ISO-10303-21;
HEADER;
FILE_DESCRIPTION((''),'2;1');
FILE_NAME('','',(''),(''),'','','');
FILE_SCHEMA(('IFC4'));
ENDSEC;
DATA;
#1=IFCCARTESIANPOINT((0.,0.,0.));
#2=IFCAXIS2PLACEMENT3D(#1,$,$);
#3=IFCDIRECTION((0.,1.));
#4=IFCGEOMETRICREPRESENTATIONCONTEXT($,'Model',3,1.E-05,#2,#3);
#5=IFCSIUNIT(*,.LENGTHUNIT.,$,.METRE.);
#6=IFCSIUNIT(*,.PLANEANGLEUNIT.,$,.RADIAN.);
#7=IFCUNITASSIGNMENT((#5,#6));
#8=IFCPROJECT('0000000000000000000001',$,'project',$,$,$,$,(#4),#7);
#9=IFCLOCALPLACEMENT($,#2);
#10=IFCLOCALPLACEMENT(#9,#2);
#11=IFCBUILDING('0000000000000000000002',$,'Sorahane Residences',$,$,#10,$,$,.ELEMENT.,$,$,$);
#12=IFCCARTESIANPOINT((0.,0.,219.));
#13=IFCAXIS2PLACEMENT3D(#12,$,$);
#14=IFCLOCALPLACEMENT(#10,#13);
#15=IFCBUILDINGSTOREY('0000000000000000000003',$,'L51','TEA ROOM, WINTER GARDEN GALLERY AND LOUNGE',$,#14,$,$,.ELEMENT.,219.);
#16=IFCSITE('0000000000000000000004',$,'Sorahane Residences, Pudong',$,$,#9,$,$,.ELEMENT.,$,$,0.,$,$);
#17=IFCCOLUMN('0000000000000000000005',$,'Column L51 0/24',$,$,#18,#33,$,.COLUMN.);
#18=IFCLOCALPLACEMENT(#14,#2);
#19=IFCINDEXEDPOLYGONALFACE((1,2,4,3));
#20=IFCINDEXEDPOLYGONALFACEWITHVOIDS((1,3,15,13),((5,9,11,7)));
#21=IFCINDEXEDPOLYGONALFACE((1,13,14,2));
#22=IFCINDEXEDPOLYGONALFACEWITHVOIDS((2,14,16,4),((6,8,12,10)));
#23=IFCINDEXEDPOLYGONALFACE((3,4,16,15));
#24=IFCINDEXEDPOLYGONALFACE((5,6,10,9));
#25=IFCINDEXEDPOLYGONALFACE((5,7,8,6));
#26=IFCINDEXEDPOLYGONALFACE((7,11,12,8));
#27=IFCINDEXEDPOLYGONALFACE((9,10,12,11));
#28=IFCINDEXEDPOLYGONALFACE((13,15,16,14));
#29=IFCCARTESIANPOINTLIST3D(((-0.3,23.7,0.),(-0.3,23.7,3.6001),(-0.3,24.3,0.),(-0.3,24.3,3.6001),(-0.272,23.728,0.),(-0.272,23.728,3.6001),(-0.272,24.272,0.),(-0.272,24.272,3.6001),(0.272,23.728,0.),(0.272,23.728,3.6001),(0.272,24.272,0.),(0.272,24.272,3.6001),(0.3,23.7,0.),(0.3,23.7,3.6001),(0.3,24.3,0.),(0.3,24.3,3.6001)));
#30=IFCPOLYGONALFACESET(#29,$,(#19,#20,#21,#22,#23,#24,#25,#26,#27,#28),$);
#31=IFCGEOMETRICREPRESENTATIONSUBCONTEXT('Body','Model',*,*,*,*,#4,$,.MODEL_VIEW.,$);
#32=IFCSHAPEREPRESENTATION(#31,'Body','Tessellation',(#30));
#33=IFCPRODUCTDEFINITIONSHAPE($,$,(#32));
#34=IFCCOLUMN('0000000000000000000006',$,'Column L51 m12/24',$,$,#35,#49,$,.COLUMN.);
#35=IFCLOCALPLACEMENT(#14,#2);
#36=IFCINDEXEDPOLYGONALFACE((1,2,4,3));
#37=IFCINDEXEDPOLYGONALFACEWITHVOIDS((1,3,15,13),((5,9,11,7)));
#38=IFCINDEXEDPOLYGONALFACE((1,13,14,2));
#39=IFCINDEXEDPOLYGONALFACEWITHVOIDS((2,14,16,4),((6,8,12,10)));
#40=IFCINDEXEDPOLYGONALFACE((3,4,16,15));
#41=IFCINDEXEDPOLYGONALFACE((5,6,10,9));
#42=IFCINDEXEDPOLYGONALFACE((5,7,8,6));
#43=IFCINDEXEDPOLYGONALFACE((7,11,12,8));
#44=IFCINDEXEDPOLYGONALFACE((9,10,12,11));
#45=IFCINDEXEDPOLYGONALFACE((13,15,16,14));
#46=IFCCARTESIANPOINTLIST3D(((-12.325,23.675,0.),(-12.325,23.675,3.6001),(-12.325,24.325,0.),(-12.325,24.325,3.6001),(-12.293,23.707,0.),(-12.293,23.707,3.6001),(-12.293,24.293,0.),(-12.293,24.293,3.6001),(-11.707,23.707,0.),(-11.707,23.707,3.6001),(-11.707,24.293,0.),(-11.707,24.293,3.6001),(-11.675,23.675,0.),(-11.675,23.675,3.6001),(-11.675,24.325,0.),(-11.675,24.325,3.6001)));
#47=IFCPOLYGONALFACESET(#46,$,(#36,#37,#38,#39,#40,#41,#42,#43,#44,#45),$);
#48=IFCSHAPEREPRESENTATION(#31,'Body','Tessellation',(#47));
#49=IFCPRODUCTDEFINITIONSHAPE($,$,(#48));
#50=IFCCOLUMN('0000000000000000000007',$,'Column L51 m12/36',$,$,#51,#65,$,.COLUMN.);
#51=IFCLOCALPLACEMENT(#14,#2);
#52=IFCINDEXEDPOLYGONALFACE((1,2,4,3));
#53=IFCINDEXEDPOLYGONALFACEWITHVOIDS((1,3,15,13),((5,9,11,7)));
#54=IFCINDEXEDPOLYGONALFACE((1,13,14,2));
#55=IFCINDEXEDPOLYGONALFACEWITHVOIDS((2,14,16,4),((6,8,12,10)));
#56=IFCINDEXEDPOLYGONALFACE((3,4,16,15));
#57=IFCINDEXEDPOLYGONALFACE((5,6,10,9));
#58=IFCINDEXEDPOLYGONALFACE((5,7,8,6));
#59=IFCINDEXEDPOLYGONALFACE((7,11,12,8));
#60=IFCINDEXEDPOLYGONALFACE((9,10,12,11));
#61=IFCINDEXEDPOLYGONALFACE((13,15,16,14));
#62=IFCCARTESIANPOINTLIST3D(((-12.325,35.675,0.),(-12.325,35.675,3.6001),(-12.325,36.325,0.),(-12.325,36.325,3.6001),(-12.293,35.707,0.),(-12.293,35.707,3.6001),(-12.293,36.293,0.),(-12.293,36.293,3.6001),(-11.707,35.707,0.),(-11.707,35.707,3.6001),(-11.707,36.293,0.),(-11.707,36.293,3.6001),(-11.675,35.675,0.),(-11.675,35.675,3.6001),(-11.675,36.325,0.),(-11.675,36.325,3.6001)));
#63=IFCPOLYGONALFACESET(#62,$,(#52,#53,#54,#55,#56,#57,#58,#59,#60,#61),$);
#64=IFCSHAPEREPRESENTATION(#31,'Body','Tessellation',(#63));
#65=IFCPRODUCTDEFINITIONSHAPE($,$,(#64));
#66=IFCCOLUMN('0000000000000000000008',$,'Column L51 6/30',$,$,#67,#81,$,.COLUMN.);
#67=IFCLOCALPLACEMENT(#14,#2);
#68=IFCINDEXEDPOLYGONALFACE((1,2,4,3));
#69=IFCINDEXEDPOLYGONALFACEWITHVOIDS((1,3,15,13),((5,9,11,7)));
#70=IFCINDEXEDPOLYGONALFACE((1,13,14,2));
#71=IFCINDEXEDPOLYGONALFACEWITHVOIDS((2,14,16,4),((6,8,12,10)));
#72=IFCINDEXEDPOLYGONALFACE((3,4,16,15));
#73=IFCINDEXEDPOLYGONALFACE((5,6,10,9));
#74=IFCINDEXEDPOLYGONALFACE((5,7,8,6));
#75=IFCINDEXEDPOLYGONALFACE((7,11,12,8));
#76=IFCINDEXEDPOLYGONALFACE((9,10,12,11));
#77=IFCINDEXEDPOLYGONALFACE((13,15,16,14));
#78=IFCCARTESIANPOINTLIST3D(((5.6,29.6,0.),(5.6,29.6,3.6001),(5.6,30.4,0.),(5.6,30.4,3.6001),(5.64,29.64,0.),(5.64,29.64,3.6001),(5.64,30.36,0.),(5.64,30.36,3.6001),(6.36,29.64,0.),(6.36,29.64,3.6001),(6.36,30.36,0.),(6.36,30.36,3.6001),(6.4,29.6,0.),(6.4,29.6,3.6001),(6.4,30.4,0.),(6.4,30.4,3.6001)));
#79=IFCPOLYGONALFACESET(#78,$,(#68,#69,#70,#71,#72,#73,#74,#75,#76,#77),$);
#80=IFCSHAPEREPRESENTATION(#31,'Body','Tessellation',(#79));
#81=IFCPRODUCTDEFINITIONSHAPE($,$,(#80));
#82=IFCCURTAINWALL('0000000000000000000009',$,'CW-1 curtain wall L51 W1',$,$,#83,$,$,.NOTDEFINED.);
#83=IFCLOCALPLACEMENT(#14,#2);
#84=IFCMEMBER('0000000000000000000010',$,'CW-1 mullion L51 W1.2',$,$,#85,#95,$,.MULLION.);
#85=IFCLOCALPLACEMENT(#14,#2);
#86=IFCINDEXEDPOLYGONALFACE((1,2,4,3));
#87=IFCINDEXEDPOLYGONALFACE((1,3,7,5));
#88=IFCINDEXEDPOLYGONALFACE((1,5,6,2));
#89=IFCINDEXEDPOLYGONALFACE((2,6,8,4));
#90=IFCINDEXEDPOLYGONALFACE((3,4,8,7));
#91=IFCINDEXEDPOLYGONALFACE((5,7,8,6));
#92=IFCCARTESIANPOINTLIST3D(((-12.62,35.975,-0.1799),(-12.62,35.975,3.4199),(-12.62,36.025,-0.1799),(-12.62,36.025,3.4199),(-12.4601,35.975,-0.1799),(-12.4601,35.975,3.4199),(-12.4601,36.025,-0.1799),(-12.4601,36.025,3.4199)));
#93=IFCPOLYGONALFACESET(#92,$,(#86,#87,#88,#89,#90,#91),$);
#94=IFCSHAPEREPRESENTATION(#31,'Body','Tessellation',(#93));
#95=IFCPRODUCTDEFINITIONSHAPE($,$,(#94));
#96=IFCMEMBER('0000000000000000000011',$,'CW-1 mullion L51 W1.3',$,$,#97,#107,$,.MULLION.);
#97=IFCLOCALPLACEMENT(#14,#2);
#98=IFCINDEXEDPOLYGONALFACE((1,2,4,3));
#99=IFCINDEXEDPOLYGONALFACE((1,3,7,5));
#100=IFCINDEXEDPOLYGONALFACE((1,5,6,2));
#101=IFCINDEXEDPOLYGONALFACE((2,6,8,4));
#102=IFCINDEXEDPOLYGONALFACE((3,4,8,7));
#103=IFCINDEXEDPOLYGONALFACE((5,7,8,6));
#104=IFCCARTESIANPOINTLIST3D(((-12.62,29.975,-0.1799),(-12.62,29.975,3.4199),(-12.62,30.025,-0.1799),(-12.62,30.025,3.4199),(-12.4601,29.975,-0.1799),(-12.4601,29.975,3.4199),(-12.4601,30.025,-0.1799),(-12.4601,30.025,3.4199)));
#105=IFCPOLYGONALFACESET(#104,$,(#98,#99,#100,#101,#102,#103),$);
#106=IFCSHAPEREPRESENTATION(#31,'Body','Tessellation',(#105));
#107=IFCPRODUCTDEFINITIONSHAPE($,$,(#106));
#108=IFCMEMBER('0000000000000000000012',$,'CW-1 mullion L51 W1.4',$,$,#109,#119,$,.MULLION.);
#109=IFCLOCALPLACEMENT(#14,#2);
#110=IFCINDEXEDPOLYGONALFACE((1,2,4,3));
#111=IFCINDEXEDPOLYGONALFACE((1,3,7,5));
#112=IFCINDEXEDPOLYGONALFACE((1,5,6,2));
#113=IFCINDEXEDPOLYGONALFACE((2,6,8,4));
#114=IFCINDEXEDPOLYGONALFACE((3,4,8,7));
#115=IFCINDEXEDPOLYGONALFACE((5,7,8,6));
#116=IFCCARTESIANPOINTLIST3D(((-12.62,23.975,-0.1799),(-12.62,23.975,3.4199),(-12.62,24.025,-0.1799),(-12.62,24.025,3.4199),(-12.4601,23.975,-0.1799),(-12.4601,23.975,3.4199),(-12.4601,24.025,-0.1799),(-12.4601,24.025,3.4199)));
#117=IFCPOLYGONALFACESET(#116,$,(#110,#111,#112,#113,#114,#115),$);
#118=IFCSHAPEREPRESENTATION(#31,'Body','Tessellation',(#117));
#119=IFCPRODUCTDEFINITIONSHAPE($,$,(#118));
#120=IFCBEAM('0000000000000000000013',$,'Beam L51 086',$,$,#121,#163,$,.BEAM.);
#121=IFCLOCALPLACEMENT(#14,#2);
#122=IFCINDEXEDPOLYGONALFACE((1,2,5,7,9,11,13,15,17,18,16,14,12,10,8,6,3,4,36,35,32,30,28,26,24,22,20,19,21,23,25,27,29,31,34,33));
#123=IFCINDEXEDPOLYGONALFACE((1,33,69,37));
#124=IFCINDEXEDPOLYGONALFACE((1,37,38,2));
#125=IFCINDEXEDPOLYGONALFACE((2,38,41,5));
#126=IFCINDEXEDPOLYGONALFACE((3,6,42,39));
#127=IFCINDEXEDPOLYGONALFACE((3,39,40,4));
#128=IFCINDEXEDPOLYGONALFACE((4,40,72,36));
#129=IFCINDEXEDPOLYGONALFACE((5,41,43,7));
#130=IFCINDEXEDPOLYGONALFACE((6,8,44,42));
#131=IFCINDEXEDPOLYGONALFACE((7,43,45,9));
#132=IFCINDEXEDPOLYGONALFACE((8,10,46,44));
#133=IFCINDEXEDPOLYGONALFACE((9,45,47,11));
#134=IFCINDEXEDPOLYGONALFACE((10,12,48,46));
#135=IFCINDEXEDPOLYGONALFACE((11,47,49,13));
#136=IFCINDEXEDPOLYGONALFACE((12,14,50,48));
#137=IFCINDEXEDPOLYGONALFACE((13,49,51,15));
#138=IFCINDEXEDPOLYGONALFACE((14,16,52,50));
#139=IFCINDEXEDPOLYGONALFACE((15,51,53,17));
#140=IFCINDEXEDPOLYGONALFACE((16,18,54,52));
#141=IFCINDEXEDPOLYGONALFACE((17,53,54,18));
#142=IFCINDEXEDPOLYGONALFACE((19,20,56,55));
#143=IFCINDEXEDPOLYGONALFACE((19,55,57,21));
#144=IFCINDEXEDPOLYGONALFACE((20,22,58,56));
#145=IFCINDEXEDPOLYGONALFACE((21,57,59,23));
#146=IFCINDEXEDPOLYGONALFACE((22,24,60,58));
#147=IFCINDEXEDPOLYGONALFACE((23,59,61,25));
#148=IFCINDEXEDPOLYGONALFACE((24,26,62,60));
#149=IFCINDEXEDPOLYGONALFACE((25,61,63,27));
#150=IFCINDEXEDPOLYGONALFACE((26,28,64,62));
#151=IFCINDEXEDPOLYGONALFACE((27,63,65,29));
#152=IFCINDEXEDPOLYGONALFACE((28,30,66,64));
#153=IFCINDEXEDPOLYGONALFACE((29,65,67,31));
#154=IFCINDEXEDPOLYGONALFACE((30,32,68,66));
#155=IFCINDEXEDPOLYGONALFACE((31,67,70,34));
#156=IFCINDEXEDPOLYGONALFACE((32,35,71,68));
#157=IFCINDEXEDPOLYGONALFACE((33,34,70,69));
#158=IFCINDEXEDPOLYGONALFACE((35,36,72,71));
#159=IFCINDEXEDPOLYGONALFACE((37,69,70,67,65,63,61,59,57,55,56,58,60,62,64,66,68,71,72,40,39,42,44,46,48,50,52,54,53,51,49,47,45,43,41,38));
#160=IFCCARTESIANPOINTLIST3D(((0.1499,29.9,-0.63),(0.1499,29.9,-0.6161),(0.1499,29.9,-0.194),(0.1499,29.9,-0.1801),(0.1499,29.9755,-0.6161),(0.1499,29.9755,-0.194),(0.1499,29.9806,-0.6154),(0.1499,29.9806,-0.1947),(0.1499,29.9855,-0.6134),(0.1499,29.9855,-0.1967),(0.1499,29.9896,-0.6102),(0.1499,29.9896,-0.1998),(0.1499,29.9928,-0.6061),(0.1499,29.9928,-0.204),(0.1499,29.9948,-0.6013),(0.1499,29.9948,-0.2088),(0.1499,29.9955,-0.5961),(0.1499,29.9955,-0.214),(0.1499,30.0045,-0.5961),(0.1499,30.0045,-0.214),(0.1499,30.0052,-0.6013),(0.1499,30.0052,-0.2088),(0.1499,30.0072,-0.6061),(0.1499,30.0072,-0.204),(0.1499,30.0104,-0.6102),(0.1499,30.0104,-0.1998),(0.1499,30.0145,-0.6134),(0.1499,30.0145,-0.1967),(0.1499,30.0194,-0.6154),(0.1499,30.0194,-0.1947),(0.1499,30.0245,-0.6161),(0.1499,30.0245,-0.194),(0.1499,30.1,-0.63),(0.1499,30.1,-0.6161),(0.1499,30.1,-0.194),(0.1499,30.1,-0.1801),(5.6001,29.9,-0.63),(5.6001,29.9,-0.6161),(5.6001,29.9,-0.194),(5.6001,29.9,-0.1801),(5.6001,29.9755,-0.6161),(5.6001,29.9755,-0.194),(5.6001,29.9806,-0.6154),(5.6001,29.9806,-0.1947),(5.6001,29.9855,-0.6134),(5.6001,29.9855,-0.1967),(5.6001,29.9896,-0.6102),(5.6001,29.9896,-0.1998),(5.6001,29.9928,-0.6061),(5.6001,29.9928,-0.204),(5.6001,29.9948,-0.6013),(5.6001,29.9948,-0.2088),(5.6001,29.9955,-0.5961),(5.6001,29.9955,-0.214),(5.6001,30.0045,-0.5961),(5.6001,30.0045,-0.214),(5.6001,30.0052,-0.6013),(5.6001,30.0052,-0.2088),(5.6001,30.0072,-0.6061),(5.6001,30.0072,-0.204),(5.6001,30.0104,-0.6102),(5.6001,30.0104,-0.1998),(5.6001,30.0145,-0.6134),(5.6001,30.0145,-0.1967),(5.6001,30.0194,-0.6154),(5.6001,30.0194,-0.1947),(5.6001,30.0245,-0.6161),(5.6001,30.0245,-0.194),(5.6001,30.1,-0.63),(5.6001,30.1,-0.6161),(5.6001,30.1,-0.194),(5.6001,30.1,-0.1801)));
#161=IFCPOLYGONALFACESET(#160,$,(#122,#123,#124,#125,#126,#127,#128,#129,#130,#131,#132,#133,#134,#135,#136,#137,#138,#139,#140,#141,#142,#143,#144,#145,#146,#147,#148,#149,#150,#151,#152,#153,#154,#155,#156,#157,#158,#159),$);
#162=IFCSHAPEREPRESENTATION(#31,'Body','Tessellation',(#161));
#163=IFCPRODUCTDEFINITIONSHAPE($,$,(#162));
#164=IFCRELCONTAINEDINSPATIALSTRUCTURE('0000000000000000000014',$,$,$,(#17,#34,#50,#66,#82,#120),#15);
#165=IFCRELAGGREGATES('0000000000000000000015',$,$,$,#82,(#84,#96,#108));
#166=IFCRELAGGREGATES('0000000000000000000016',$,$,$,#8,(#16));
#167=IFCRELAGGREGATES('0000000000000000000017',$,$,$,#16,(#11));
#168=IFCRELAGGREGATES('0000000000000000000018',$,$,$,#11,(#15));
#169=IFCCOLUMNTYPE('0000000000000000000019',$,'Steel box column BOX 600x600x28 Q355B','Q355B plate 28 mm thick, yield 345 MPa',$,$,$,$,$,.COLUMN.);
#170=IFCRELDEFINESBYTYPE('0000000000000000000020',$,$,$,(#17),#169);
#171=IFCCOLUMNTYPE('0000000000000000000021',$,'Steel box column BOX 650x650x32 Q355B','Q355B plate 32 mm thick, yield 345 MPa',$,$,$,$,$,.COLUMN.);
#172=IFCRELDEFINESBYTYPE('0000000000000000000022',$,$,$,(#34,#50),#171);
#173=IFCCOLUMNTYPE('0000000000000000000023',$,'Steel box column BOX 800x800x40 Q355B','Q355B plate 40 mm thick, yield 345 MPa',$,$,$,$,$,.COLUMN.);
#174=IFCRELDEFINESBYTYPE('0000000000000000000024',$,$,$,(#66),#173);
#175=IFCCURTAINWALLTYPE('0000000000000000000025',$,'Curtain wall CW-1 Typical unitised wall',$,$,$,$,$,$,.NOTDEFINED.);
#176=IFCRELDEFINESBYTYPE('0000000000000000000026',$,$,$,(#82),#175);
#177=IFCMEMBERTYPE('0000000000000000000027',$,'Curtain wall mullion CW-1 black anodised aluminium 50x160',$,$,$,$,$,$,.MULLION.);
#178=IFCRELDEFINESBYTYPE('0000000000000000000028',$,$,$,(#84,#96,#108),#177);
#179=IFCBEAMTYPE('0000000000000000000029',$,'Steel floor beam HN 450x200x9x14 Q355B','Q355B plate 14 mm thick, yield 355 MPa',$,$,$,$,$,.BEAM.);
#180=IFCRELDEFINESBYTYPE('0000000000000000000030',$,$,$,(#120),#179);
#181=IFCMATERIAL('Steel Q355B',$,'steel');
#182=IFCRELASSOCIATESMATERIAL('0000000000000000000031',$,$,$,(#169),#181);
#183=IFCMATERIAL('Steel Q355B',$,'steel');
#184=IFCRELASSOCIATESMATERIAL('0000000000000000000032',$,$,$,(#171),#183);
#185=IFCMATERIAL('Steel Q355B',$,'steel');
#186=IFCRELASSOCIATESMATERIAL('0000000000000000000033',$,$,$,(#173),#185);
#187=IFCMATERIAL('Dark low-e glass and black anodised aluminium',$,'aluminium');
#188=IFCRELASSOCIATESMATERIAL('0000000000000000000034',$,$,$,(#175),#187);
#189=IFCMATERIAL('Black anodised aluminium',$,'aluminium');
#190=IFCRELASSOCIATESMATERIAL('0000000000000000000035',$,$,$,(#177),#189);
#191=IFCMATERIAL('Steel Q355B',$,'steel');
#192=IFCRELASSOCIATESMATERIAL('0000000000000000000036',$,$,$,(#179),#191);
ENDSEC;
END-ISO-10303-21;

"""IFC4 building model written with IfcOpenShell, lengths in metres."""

from ifc_helpers import new_model, si_unit, direction, frame, origin, origin_2d, place, context, subcontext, project, spatial, rectangle, hollow_rectangle, i_section, extrude, material, material_profile, profile_set, type_object, element, aggregate, save


model = new_model("IFC4")

# Units and contexts
model_context = context("Model", 3, precision=1e-05, world=origin(), true_north=direction((0.0, 1.0)))
body_context = subcontext(model_context, "Body", "Model", "MODEL_VIEW")
ifc_project = project(units=[si_unit("LENGTHUNIT", "METRE"), si_unit("PLANEANGLEUNIT", "RADIAN")], contexts=[model_context])

# Site, building, storey
site_placement = place(None, origin())
site = spatial("IfcSite", under=ifc_project, at=site_placement, Name="Sorahane Residences, Pudong", CompositionType="ELEMENT", RefElevation=0.0)
building_placement = place(site_placement, origin())
building = spatial("IfcBuilding", under=site, at=building_placement, Name="Sorahane Residences", CompositionType="ELEMENT")
storey_placement = place(building_placement, frame((0.0, 0.0, 219.0)))
storey = spatial("IfcBuildingStorey", under=building, at=storey_placement, Name="L51", Description="TEA ROOM, WINTER GARDEN GALLERY AND LOUNGE", CompositionType="ELEMENT", Elevation=219.0)

# Columns
ifc_material_1 = material(Name="Steel Q355B", Category="steel")
ifc_material_profile_1 = material_profile(ifc_material_1, hollow_rectangle(XDim=0.6001, YDim=0.6001, WallThickness=0.0281, at=origin_2d()), Name="BOX 600x600x28")
ifc_profile_set_1 = profile_set([ifc_material_profile_1], Name="Steel Q355B")
column_type_1 = type_object("IfcColumnType", Name="Steel box column BOX 600x600x28 Q355B", Description="Q355B plate 28 mm thick, yield 345 MPa", PredefinedType="COLUMN", material=ifc_profile_set_1)
column_1_placement = place(storey_placement, frame((0.0, 24.0, 0.0), z_axis=(0.0, 0.0, 1.0), x_axis=(1.0, 0.0, 0.0)))
element("IfcColumn", 1, at=column_1_placement, inside=storey, type_object=column_type_1, Name="Column L51 0/24", PredefinedType="COLUMN", context=body_context, shape_type="SweptSolid", body=[
    extrude(hollow_rectangle(XDim=0.6001, YDim=0.6001, WallThickness=0.0281, at=origin_2d()), origin(), (0.0, 0.0, 1.0), 3.6001),
])
ifc_material_2 = material(Name="Steel Q355B", Category="steel")
ifc_material_profile_2 = material_profile(ifc_material_2, hollow_rectangle(XDim=0.6499, YDim=0.6499, WallThickness=0.032, at=origin_2d()), Name="BOX 650x650x32")
ifc_profile_set_2 = profile_set([ifc_material_profile_2], Name="Steel Q355B")
column_type_2 = type_object("IfcColumnType", Name="Steel box column BOX 650x650x32 Q355B", Description="Q355B plate 32 mm thick, yield 345 MPa", PredefinedType="COLUMN", material=ifc_profile_set_2)
for number, where, z_axis, x_axis, name in (
    (2, (-12.0, 24.0, 0.0), (0.0, 0.0, 1.0), (1.0, 0.0, 0.0), "Column L51 m12/24"),
    (3, (-12.0, 36.0, 0.0), (0.0, 0.0, 1.0), (1.0, 0.0, 0.0), "Column L51 m12/36"),
):
    element("IfcColumn", number, at=place(storey_placement, frame(where, z_axis=z_axis, x_axis=x_axis)), inside=storey, type_object=column_type_2, Name=name, PredefinedType="COLUMN", context=body_context, shape_type="SweptSolid", body=[
        extrude(hollow_rectangle(XDim=0.6499, YDim=0.6499, WallThickness=0.032, at=origin_2d()), origin(), (0.0, 0.0, 1.0), 3.6001),
    ])
ifc_material_3 = material(Name="Steel Q355B", Category="steel")
ifc_material_profile_3 = material_profile(ifc_material_3, hollow_rectangle(XDim=0.8, YDim=0.8, WallThickness=0.04, at=origin_2d()), Name="BOX 800x800x40")
ifc_profile_set_3 = profile_set([ifc_material_profile_3], Name="Steel Q355B")
column_type_3 = type_object("IfcColumnType", Name="Steel box column BOX 800x800x40 Q355B", Description="Q355B plate 40 mm thick, yield 345 MPa", PredefinedType="COLUMN", material=ifc_profile_set_3)
column_2_placement = place(storey_placement, frame((6.0, 30.0, 0.0), z_axis=(0.0, 0.0, 1.0), x_axis=(1.0, 0.0, 0.0)))
element("IfcColumn", 4, at=column_2_placement, inside=storey, type_object=column_type_3, Name="Column L51 6/30", PredefinedType="COLUMN", context=body_context, shape_type="SweptSolid", body=[
    extrude(hollow_rectangle(XDim=0.8, YDim=0.8, WallThickness=0.04, at=origin_2d()), origin(), (0.0, 0.0, 1.0), 3.6001),
])

# Curtain wall, members
ifc_material_4 = material(Name="Dark low-e glass and black anodised aluminium", Category="aluminium")
curtain_wall_type = type_object("IfcCurtainWallType", Name="Curtain wall CW-1 Typical unitised wall", PredefinedType="NOTDEFINED", material=ifc_material_4)
curtain_wall_placement = place(storey_placement, origin())
curtain_wall = element("IfcCurtainWall", 5, at=curtain_wall_placement, inside=storey, type_object=curtain_wall_type, Name="CW-1 curtain wall L51 W1", PredefinedType="NOTDEFINED")
ifc_material_5 = material(Name="Black anodised aluminium", Category="aluminium")
ifc_material_profile_4 = material_profile(ifc_material_5, rectangle(XDim=0.1599, YDim=0.05, at=origin_2d()), Name="Curtain wall mullion CW-1 black anodised aluminium 50x160")
ifc_profile_set_4 = profile_set([ifc_material_profile_4], Name="Black anodised aluminium")
member_type = type_object("IfcMemberType", Name="Curtain wall mullion CW-1 black anodised aluminium 50x160", PredefinedType="MULLION", material=ifc_profile_set_4)
member_1_placement = place(storey_placement, frame((-12.54, 36.0, -0.1799), z_axis=(0.0, 0.0, 1.0), x_axis=(-1.0, 0.0, 0.0)))
member_1 = element("IfcMember", 6, at=member_1_placement, type_object=member_type, Name="CW-1 mullion L51 W1.2", PredefinedType="MULLION", context=body_context, shape_type="SweptSolid", body=[
    extrude(rectangle(XDim=0.1599, YDim=0.05, at=origin_2d()), origin(), (0.0, 0.0, 1.0), 3.5999),
])
member_2_placement = place(storey_placement, frame((-12.54, 30.0, -0.1799), z_axis=(0.0, 0.0, 1.0), x_axis=(-1.0, 0.0, 0.0)))
member_2 = element("IfcMember", 7, at=member_2_placement, type_object=member_type, Name="CW-1 mullion L51 W1.3", PredefinedType="MULLION", context=body_context, shape_type="SweptSolid", body=[
    extrude(rectangle(XDim=0.1599, YDim=0.05, at=origin_2d()), origin(), (0.0, 0.0, 1.0), 3.5999),
])
member_3_placement = place(storey_placement, frame((-12.54, 24.0, -0.1799), z_axis=(0.0, 0.0, 1.0), x_axis=(-1.0, 0.0, 0.0)))
member_3 = element("IfcMember", 8, at=member_3_placement, type_object=member_type, Name="CW-1 mullion L51 W1.4", PredefinedType="MULLION", context=body_context, shape_type="SweptSolid", body=[
    extrude(rectangle(XDim=0.1599, YDim=0.05, at=origin_2d()), origin(), (0.0, 0.0, 1.0), 3.5999),
])

# Beam
ifc_material_6 = material(Name="Steel Q355B", Category="steel")
ifc_material_profile_5 = material_profile(ifc_material_6, i_section(OverallWidth=0.2, OverallDepth=0.45, WebThickness=0.009, FlangeThickness=0.0139, FilletRadius=0.02, at=origin_2d()), Name="HN 450x200x9x14")
ifc_profile_set_5 = profile_set([ifc_material_profile_5], Name="Steel Q355B")
beam_type_1 = type_object("IfcBeamType", Name="Steel floor beam HN 450x200x9x14 Q355B", Description="Q355B plate 14 mm thick, yield 355 MPa", PredefinedType="BEAM", material=ifc_profile_set_5)
beam_1_placement = place(storey_placement, frame((0.1499, 30.0, -0.405), z_axis=(1.0, 0.0, 0.0), x_axis=(0.0, 1.0, 0.0)))
element("IfcBeam", 9, at=beam_1_placement, inside=storey, type_object=beam_type_1, Name="Beam L51 086", PredefinedType="BEAM", context=body_context, shape_type="SweptSolid", body=[
    extrude(i_section(OverallWidth=0.2, OverallDepth=0.45, WebThickness=0.009, FlangeThickness=0.0139, FilletRadius=0.02, at=origin_2d()), origin(), (0.0, 0.0, 1.0), 5.4502),
])

aggregate(curtain_wall, [member_1, member_2, member_3])

save(model, "model.ifc")
